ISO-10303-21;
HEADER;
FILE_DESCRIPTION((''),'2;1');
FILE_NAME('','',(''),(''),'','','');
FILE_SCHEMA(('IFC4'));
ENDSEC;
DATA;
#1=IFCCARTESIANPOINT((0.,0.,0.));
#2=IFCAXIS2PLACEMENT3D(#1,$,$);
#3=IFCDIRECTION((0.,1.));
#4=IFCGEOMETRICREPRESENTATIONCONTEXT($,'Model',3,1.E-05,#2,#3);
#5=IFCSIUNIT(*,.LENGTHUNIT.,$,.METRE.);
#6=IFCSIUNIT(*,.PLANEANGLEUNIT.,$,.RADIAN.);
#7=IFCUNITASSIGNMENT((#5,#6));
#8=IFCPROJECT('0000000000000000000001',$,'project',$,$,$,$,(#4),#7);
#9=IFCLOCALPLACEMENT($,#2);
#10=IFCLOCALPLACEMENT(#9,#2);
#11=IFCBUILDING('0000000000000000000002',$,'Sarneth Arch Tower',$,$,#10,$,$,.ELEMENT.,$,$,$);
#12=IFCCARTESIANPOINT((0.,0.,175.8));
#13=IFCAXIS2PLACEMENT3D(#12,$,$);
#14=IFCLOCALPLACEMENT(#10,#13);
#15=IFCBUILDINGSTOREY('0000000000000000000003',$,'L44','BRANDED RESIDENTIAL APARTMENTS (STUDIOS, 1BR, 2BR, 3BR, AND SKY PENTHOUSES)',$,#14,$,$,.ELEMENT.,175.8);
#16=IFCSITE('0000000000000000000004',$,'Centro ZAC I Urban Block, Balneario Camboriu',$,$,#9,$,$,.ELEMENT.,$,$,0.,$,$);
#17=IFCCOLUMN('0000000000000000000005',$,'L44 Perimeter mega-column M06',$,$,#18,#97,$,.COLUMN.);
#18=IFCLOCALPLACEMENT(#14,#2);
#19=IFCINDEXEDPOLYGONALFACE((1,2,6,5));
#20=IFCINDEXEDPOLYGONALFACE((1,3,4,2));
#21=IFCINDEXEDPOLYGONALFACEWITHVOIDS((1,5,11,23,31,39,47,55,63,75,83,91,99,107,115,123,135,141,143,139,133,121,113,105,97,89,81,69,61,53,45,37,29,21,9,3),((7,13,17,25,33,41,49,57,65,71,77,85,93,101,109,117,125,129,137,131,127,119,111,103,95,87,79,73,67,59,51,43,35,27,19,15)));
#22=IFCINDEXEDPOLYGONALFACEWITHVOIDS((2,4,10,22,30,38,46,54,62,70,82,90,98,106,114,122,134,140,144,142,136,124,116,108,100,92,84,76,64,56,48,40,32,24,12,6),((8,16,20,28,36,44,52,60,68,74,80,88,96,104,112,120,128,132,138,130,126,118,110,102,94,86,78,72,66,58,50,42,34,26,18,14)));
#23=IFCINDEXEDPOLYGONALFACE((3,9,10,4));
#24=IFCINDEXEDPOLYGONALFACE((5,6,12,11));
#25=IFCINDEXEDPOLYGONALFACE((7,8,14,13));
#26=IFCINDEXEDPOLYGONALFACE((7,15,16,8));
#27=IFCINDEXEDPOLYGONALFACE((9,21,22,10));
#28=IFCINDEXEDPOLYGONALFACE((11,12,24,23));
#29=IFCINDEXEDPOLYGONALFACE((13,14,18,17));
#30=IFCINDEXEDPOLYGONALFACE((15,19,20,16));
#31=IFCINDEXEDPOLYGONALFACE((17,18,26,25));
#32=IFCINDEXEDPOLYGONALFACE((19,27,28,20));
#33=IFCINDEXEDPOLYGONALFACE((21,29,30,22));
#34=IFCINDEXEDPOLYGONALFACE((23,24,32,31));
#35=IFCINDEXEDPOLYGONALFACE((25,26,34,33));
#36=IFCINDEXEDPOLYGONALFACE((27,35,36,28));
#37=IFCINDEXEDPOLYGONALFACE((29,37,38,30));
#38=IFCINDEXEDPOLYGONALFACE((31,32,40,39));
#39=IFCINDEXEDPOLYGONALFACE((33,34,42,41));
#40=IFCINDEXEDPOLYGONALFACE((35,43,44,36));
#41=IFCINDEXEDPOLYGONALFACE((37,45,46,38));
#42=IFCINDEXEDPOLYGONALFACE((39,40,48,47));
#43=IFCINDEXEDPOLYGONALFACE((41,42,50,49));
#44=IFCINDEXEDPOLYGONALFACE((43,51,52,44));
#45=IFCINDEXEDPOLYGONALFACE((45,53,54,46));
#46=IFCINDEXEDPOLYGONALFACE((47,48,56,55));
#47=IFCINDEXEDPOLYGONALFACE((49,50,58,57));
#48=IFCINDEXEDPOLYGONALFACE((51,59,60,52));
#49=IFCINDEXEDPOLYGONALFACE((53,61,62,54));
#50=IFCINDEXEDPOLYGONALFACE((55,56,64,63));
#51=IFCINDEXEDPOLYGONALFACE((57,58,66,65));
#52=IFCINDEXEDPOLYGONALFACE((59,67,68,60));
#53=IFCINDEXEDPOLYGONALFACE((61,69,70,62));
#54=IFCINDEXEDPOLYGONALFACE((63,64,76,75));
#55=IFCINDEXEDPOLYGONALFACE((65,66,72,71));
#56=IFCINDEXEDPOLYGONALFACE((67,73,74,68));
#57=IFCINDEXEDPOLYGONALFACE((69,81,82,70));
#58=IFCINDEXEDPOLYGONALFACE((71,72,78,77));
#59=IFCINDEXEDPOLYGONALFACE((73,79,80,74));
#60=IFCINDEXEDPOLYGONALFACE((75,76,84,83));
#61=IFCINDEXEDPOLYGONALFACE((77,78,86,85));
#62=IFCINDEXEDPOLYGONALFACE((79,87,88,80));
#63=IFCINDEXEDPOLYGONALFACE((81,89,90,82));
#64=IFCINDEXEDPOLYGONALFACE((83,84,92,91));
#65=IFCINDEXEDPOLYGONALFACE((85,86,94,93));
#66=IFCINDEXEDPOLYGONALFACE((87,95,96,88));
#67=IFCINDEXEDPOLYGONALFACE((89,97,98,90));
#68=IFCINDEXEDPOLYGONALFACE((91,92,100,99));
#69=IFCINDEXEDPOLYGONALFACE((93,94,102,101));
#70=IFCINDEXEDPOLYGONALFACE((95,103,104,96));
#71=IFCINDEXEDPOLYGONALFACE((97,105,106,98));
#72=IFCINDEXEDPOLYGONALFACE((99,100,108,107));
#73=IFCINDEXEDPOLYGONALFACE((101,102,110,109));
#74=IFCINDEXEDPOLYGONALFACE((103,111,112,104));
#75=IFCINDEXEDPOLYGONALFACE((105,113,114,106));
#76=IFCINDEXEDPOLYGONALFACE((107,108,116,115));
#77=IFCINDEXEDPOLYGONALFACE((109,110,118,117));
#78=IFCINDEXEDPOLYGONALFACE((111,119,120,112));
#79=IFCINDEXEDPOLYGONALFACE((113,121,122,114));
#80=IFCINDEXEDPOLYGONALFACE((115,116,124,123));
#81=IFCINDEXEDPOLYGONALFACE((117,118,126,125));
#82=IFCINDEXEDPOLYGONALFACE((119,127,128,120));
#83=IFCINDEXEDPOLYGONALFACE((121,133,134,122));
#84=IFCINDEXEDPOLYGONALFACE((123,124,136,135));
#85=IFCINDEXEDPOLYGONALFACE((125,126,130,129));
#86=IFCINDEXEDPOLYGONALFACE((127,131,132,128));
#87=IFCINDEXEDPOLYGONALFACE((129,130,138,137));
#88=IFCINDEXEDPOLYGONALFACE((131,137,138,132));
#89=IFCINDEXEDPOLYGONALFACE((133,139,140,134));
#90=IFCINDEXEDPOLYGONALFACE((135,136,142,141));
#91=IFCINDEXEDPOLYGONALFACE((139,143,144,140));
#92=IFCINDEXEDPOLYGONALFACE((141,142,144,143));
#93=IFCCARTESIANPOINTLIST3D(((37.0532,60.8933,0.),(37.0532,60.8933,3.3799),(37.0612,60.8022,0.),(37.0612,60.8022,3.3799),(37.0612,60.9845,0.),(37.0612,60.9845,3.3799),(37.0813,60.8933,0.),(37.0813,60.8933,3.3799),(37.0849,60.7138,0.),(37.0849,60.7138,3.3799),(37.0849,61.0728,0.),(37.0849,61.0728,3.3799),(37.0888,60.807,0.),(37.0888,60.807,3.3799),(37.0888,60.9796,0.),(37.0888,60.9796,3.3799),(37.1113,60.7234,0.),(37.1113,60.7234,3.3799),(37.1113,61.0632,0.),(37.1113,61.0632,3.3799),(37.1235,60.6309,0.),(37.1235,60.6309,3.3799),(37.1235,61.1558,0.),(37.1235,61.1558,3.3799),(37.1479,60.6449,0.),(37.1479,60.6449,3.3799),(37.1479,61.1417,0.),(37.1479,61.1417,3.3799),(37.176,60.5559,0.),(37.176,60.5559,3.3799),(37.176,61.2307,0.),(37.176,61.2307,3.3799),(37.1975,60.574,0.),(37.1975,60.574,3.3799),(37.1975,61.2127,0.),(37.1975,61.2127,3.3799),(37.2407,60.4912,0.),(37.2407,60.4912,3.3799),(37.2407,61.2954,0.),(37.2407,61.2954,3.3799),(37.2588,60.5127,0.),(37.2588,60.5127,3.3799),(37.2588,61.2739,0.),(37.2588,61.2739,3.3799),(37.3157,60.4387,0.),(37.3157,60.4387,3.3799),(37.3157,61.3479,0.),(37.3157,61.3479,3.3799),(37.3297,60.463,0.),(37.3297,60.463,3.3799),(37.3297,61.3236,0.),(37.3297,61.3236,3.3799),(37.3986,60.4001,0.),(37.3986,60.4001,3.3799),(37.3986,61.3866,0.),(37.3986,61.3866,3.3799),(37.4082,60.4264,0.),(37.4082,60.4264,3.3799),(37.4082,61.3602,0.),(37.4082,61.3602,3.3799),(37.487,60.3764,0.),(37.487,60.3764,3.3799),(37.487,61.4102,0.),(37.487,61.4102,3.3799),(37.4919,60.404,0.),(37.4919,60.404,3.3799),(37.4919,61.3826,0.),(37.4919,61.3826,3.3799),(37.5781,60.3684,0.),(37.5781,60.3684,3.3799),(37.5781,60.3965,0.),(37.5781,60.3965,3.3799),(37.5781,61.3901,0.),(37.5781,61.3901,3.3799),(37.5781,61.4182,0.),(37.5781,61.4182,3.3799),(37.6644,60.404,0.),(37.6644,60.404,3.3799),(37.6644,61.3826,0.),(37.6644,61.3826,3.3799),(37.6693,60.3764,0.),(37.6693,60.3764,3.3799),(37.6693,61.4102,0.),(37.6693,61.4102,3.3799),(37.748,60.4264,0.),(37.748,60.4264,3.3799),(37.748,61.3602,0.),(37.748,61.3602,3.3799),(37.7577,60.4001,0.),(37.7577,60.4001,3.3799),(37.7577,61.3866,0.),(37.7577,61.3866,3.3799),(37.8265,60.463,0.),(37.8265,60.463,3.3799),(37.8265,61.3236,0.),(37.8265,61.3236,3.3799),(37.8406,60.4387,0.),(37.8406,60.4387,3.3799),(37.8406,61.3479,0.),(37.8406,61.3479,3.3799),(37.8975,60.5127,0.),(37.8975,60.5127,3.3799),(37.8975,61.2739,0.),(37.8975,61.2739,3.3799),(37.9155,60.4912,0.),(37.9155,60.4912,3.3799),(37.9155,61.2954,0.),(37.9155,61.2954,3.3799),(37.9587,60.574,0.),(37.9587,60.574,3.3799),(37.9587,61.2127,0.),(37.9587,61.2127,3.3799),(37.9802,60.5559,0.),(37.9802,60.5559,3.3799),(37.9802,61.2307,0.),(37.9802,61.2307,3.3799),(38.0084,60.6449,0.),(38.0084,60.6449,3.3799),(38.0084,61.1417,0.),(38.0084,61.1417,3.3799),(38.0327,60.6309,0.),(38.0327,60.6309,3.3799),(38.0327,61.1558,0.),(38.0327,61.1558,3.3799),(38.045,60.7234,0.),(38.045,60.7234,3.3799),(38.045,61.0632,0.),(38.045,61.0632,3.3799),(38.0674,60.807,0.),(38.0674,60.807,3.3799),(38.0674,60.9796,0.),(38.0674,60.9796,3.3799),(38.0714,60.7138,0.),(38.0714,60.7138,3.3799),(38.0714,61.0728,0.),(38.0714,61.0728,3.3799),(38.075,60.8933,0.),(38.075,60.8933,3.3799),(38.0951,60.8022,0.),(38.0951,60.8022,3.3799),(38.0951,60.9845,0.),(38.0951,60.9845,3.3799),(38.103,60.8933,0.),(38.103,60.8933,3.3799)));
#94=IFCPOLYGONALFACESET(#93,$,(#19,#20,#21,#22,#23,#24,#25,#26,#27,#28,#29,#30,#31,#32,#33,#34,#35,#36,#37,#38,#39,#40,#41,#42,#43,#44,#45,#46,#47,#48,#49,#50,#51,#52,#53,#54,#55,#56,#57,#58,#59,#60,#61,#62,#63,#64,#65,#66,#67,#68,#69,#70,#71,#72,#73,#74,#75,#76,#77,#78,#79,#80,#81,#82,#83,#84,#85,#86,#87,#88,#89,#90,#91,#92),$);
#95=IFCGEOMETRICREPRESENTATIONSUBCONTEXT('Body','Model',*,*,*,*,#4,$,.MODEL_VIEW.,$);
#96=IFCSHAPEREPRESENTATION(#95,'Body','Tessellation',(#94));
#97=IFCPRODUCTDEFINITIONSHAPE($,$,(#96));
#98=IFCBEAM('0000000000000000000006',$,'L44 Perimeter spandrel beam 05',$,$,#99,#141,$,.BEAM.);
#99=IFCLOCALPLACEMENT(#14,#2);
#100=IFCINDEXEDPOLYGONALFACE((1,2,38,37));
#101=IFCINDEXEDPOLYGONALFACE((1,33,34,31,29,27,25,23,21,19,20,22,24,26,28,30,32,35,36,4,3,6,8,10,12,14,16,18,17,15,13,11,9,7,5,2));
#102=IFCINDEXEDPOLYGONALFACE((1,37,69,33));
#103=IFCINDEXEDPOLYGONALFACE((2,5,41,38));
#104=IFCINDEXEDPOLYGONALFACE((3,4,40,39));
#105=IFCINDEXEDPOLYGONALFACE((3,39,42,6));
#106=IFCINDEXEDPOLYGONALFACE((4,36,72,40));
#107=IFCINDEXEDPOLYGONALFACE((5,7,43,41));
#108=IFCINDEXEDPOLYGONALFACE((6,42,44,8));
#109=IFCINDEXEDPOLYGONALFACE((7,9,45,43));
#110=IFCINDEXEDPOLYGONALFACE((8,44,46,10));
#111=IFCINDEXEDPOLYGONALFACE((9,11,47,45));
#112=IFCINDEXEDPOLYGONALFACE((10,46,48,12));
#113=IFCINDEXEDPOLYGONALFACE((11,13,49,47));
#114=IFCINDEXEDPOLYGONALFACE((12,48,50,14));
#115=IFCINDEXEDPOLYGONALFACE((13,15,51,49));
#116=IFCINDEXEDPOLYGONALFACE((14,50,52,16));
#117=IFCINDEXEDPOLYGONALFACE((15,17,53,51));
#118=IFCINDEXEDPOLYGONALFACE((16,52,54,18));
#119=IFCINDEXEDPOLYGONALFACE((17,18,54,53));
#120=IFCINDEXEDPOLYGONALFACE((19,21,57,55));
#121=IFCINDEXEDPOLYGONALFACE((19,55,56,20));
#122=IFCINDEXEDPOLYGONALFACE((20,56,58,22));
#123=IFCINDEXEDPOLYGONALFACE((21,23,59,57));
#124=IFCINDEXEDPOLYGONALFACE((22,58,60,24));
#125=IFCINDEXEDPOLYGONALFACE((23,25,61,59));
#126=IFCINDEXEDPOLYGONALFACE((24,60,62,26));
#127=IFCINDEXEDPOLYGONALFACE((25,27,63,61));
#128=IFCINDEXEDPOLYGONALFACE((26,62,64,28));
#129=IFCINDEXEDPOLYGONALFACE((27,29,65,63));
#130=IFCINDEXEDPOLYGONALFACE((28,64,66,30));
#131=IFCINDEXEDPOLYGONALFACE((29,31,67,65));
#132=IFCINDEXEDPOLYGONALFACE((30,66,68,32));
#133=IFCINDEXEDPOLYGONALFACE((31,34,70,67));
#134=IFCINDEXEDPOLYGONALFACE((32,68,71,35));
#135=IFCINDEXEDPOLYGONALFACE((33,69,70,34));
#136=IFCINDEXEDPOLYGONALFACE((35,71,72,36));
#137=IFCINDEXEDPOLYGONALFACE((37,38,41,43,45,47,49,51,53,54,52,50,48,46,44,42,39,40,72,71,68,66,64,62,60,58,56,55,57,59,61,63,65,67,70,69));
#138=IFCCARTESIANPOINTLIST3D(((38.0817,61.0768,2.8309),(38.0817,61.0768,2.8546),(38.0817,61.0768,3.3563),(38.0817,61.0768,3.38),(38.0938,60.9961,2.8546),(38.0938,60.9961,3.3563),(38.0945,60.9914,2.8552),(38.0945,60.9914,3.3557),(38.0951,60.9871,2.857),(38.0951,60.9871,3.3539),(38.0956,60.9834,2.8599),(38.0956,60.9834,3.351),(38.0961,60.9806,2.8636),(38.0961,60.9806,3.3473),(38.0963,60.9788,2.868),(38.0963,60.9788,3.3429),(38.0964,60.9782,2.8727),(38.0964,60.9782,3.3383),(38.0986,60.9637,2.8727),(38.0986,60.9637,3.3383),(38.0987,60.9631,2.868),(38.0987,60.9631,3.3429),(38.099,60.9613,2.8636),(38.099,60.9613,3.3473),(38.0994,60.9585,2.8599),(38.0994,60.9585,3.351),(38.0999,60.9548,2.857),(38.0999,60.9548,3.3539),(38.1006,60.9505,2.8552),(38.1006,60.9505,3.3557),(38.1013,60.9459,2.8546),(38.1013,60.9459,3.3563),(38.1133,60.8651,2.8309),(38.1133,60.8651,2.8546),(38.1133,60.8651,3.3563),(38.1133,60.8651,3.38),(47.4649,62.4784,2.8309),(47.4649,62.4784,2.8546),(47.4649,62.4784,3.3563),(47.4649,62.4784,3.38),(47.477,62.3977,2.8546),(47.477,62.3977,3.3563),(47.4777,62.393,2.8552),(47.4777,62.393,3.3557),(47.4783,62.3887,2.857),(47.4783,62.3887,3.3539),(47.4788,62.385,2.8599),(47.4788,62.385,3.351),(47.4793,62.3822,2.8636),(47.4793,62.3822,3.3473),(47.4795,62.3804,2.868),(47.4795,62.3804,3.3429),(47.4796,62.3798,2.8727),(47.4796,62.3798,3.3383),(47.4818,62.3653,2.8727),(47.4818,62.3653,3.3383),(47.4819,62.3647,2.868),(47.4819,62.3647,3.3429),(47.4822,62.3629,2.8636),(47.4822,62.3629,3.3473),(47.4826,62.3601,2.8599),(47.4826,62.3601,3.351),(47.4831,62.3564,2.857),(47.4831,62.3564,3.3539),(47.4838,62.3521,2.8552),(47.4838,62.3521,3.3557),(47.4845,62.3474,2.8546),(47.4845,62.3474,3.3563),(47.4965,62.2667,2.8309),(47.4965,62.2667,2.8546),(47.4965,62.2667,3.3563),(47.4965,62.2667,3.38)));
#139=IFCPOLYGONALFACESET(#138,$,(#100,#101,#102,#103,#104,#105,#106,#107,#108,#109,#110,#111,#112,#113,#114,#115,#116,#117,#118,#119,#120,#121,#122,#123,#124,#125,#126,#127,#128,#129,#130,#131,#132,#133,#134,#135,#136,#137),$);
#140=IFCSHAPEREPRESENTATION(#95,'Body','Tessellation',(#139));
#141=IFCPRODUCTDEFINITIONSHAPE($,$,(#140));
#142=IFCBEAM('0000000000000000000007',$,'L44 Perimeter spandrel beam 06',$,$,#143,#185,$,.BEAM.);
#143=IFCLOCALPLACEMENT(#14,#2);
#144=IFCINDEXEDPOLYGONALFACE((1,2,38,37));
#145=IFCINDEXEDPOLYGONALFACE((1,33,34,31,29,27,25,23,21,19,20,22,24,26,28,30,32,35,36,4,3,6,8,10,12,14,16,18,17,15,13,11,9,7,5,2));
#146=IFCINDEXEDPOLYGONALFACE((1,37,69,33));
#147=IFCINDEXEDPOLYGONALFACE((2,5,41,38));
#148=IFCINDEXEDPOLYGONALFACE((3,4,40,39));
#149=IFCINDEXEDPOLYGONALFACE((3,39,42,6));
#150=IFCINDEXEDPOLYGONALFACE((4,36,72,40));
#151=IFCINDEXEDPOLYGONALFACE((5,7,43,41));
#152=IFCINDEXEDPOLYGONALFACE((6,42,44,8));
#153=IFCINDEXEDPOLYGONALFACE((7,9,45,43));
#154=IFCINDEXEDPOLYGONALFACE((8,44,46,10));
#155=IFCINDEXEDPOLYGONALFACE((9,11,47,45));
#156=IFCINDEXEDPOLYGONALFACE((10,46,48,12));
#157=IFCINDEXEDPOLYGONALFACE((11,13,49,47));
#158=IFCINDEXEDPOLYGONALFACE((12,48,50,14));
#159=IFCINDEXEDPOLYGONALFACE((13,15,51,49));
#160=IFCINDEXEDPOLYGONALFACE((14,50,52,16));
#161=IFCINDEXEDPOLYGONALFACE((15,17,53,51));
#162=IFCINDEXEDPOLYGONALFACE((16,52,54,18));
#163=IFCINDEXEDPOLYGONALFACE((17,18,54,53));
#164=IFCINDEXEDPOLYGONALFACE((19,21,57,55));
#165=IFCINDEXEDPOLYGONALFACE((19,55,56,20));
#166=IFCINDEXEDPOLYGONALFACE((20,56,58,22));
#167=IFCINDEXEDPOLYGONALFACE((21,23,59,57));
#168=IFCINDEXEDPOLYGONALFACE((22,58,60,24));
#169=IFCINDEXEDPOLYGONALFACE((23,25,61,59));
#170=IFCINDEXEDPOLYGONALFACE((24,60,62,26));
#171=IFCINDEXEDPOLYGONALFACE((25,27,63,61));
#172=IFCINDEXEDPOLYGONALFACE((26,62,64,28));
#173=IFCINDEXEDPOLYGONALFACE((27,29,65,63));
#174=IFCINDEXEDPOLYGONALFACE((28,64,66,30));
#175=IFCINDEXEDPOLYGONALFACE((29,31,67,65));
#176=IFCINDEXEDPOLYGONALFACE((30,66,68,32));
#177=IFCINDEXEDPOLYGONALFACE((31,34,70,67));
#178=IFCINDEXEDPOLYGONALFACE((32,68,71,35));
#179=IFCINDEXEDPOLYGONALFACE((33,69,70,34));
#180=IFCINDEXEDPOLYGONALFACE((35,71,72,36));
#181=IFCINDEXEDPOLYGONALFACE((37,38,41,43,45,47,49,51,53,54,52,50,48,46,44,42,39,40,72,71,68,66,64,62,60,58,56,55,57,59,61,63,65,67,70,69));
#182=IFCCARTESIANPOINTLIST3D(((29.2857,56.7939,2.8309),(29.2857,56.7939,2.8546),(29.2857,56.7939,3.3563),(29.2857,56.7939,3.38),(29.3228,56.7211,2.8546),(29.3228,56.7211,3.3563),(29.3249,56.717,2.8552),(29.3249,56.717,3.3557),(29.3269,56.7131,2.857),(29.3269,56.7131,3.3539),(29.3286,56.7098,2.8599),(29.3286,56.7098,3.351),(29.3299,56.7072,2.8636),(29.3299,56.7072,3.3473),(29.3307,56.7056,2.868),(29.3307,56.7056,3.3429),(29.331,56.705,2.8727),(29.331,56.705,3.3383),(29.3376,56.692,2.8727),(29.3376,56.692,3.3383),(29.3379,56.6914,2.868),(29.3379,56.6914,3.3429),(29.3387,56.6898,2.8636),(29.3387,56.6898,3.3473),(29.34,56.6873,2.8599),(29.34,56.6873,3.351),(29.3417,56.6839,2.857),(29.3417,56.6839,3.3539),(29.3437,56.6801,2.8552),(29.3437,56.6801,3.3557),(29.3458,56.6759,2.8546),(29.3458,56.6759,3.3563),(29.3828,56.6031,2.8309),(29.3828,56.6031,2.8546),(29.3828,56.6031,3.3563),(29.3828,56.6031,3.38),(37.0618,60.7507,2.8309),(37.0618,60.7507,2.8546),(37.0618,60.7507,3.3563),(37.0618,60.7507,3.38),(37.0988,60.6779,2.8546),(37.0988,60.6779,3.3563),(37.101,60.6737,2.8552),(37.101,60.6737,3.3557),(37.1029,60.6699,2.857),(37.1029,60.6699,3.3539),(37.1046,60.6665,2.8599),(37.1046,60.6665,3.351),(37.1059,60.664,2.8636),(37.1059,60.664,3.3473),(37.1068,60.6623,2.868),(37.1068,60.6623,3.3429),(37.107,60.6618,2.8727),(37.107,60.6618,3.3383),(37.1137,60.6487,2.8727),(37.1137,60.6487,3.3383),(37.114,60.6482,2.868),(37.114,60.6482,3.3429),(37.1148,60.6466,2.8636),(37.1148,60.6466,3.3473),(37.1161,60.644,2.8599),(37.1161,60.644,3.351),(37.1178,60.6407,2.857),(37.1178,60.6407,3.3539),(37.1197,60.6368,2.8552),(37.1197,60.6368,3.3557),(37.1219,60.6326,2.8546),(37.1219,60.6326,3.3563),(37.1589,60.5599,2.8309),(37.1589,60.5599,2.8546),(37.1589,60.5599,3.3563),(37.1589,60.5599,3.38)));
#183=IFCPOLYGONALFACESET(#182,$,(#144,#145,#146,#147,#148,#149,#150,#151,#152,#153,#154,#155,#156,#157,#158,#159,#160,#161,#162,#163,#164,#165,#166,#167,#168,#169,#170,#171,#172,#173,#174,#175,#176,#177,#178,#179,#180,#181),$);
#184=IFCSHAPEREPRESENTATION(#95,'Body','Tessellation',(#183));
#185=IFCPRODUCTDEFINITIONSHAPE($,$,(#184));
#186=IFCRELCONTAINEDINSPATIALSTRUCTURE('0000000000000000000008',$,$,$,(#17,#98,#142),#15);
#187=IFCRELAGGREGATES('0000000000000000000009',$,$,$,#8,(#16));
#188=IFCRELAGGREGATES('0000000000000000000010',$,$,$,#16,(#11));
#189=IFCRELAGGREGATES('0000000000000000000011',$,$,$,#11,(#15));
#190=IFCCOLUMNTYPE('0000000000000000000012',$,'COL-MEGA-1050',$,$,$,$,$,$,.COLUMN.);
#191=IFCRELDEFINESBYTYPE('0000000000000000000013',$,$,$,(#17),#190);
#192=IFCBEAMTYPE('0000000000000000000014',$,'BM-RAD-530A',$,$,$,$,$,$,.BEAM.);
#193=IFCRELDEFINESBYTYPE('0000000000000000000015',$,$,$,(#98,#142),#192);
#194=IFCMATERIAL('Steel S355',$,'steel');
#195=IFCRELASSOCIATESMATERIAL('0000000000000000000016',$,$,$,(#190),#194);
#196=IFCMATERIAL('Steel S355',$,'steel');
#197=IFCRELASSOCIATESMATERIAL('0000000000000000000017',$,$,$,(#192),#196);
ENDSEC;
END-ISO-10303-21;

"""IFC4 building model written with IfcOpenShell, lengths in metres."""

from ifc_helpers import new_model, si_unit, direction, frame, origin, origin_2d, place, context, subcontext, project, spatial, hollow_circle, i_section, extrude, material, material_profile, profile_set, type_object, element, save


model = new_model("IFC4")

# Units and contexts
model_context = context("Model", 3, precision=1e-05, world=origin(), true_north=direction((0.0, 1.0)))
body_context = subcontext(model_context, "Body", "Model", "MODEL_VIEW")
ifc_project = project(units=[si_unit("LENGTHUNIT", "METRE"), si_unit("PLANEANGLEUNIT", "RADIAN")], contexts=[model_context])

# Site, building, storey
site_placement = place(None, origin())
site = spatial("IfcSite", under=ifc_project, at=site_placement, Name="Centro ZAC I Urban Block, Balneario Camboriu", CompositionType="ELEMENT", RefElevation=0.0)
building_placement = place(site_placement, origin())
building = spatial("IfcBuilding", under=site, at=building_placement, Name="Sarneth Arch Tower", CompositionType="ELEMENT")
storey_placement = place(building_placement, frame((0.0, 0.0, 175.8)))
storey = spatial("IfcBuildingStorey", under=building, at=storey_placement, Name="L44", Description="BRANDED RESIDENTIAL APARTMENTS (STUDIOS, 1BR, 2BR, 3BR, AND SKY PENTHOUSES)", CompositionType="ELEMENT", Elevation=175.8)

# Column
ifc_material_1 = material(Name="Steel S355", Category="steel")
ifc_material_profile_1 = material_profile(ifc_material_1, hollow_circle(Radius=0.5249, WallThickness=0.0281, at=origin_2d()), Name="CHS1050x28")
ifc_profile_set_1 = profile_set([ifc_material_profile_1], Name="Steel S355")
column_type = type_object("IfcColumnType", Name="COL-MEGA-1050", PredefinedType="COLUMN", material=ifc_profile_set_1)
column_placement = place(storey_placement, frame((37.5781, 60.8933, 0.0), z_axis=(0.0, 0.0, 1.0), x_axis=(1.0, 0.0, 0.0)))
element("IfcColumn", 1, at=column_placement, inside=storey, type_object=column_type, Name="L44 Perimeter mega-column M06", PredefinedType="COLUMN", context=body_context, shape_type="SweptSolid", body=[
    extrude(hollow_circle(Radius=0.5249, WallThickness=0.0281, at=origin_2d()), origin(), (0.0, 0.0, 1.0), 3.3799),
])

# Beams
ifc_material_2 = material(Name="Steel S355", Category="steel")
ifc_material_profile_2 = material_profile(ifc_material_2, i_section(OverallWidth=0.2141, OverallDepth=0.5491, WebThickness=0.0146, FlangeThickness=0.0237, FilletRadius=0.0181, at=origin_2d()), Name="W530x138")
ifc_profile_set_2 = profile_set([ifc_material_profile_2], Name="Steel S355")
beam_type = type_object("IfcBeamType", Name="BM-RAD-530A", PredefinedType="BEAM", material=ifc_profile_set_2)
beam_1_placement = place(storey_placement, frame((47.4807, 62.3726, 3.1055), z_axis=(-0.989027, -0.147734, 0.0), x_axis=(0.147734, -0.989027, 0.0)))
element("IfcBeam", 2, at=beam_1_placement, inside=storey, type_object=beam_type, Name="L44 Perimeter spandrel beam 05", PredefinedType="BEAM", context=body_context, shape_type="SweptSolid", body=[
    extrude(i_section(OverallWidth=0.2141, OverallDepth=0.5491, WebThickness=0.0146, FlangeThickness=0.0237, FilletRadius=0.0181, at=origin_2d()), origin(), (0.0, 0.0, 1.0), 9.4873),
])
beam_2_placement = place(storey_placement, frame((37.1104, 60.6553, 3.1055), z_axis=(-0.891254, -0.453504, 0.0), x_axis=(0.453504, -0.891254, 0.0)))
element("IfcBeam", 3, at=beam_2_placement, inside=storey, type_object=beam_type, Name="L44 Perimeter spandrel beam 06", PredefinedType="BEAM", context=body_context, shape_type="SweptSolid", body=[
    extrude(i_section(OverallWidth=0.2141, OverallDepth=0.5491, WebThickness=0.0146, FlangeThickness=0.0237, FilletRadius=0.0181, at=origin_2d()), origin(), (0.0, 0.0, 1.0), 8.7249),
])

save(model, "model.ifc")
